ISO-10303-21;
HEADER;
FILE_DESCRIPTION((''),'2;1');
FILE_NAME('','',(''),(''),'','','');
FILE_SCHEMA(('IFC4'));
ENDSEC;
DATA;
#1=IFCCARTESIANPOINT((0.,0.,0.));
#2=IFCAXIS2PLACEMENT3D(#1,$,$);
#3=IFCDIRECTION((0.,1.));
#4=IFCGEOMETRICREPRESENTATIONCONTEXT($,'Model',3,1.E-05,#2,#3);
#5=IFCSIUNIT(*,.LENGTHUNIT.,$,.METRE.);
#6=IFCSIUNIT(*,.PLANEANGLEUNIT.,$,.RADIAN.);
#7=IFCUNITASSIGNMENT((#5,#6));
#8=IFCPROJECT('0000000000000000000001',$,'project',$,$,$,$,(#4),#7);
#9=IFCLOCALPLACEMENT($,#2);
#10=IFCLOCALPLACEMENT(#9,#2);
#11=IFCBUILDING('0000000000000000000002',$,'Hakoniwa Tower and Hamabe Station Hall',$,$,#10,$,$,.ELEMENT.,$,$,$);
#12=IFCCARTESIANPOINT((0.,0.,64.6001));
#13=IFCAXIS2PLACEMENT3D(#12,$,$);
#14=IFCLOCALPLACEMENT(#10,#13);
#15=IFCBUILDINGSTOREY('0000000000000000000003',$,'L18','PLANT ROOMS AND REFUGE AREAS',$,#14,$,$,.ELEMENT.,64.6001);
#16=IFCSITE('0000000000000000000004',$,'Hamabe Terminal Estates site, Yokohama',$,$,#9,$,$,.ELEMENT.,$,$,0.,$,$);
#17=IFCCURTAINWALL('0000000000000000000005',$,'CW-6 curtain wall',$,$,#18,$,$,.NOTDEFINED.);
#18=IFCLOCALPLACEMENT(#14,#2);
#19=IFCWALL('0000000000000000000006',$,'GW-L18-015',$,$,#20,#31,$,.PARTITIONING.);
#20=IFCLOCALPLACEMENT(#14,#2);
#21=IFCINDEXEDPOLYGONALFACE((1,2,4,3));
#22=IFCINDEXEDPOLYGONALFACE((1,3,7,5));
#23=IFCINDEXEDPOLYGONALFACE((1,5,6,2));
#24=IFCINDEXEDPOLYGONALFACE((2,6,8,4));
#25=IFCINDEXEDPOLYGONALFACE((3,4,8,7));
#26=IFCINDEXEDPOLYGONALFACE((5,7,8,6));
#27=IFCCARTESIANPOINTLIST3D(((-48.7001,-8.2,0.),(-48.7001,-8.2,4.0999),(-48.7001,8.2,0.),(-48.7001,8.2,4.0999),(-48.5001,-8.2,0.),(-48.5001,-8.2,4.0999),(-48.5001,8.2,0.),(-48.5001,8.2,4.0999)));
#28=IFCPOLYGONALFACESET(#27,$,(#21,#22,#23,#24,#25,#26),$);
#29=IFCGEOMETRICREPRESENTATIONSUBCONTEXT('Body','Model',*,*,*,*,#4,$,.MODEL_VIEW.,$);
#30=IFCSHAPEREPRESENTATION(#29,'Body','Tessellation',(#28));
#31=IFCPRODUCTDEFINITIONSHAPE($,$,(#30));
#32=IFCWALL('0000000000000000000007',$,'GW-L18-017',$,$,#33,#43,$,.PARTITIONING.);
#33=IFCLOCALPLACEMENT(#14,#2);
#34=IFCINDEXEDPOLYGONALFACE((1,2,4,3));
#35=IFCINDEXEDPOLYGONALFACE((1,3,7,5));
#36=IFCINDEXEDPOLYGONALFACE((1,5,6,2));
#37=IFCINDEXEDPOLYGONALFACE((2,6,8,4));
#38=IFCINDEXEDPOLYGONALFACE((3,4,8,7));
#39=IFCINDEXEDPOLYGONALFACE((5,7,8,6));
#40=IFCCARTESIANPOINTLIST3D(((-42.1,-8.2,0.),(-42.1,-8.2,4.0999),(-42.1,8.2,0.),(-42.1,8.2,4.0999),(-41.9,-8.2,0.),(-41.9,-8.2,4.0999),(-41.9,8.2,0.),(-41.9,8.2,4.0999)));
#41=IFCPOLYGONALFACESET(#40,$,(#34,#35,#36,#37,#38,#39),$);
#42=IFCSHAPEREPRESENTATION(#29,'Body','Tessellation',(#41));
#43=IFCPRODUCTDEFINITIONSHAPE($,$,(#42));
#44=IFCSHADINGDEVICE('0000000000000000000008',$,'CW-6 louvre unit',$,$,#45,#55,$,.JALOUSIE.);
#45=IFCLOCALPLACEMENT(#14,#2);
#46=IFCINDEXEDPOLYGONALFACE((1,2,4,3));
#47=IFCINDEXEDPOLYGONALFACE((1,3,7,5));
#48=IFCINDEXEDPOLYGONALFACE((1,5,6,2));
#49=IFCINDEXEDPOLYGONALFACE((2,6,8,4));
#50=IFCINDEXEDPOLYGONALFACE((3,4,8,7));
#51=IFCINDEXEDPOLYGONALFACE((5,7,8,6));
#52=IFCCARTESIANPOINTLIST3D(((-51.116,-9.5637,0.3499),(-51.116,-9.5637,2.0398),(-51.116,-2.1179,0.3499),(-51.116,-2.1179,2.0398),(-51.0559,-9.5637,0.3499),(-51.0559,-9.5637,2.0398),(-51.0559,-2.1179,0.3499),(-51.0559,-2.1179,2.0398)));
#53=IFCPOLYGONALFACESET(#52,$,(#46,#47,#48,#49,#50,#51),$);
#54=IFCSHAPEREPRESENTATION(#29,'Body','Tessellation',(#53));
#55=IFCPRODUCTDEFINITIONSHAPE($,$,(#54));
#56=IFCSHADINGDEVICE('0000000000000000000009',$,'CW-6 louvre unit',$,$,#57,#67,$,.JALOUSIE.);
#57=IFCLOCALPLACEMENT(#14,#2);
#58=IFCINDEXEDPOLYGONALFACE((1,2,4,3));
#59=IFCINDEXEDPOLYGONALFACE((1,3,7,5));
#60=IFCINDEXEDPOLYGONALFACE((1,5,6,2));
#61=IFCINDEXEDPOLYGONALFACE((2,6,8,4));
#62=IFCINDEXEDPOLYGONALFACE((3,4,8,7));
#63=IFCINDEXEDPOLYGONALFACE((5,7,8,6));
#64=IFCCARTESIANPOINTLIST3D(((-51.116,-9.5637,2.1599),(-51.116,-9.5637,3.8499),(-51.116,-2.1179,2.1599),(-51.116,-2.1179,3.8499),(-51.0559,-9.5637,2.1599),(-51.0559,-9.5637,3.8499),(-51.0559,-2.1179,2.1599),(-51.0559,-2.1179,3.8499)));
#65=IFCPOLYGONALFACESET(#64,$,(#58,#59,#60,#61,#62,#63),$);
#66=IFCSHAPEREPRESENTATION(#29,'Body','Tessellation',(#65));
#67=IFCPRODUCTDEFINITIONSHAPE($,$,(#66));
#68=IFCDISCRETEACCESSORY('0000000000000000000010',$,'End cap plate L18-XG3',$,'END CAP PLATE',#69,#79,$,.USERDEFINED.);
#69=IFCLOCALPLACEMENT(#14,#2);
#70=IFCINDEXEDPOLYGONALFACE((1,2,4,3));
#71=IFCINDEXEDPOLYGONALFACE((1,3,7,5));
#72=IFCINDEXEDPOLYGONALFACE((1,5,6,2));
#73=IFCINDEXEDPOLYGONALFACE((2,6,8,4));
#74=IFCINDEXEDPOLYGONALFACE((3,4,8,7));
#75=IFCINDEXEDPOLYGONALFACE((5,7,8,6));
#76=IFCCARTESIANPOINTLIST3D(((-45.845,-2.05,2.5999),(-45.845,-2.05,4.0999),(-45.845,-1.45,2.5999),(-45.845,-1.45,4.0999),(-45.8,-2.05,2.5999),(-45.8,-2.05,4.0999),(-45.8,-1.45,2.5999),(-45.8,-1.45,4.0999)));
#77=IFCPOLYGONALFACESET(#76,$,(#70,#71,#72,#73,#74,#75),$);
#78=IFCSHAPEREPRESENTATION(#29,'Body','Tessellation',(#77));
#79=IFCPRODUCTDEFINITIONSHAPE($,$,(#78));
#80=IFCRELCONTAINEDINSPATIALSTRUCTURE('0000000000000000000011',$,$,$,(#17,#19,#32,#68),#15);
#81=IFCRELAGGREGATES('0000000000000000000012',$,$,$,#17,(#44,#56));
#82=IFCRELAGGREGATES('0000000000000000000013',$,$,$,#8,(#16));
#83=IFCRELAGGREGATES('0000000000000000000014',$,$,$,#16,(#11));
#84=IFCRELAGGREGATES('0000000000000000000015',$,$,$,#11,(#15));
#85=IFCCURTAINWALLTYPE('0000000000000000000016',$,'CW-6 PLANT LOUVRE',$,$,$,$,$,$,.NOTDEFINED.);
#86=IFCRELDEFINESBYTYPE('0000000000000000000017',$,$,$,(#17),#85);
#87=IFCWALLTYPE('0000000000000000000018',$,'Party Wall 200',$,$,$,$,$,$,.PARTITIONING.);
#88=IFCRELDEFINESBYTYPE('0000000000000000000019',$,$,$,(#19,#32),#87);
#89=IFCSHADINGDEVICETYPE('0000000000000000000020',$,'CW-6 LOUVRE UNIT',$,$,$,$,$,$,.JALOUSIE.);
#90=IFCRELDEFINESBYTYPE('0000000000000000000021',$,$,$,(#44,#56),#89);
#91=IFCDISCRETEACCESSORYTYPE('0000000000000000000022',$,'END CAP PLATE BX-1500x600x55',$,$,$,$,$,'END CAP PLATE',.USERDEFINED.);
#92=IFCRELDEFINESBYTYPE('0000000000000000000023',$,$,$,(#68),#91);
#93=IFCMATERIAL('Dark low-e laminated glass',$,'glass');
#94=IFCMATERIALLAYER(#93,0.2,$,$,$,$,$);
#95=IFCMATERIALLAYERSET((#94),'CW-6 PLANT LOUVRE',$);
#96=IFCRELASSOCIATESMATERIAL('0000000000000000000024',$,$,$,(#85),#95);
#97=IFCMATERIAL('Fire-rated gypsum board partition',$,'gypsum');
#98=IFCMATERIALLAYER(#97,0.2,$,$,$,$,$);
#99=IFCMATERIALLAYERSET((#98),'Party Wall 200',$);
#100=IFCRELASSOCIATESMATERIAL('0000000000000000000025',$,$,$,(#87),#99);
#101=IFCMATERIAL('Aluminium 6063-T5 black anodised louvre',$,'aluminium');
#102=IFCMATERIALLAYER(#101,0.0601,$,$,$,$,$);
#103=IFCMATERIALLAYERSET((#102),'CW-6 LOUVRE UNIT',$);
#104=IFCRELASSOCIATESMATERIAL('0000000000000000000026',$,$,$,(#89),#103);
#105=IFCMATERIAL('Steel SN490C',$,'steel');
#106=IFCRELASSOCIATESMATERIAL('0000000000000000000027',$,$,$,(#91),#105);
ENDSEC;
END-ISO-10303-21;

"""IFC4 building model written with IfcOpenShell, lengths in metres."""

from ifc_helpers import new_model, si_unit, direction, frame, frame_2d, origin, origin_2d, place, context, subcontext, project, spatial, rectangle, extrude, material, layer, layer_set, material_profile, profile_set, type_object, element, aggregate, save


model = new_model("IFC4")

# Units and contexts
model_context = context("Model", 3, precision=1e-05, world=origin(), true_north=direction((0.0, 1.0)))
body_context = subcontext(model_context, "Body", "Model", "MODEL_VIEW")
ifc_project = project(units=[si_unit("LENGTHUNIT", "METRE"), si_unit("PLANEANGLEUNIT", "RADIAN")], contexts=[model_context])

# Site, building, storey
site_placement = place(None, origin())
site = spatial("IfcSite", under=ifc_project, at=site_placement, Name="Hamabe Terminal Estates site, Yokohama", CompositionType="ELEMENT", RefElevation=0.0)
building_placement = place(site_placement, origin())
building = spatial("IfcBuilding", under=site, at=building_placement, Name="Hakoniwa Tower and Hamabe Station Hall", CompositionType="ELEMENT")
storey_placement = place(building_placement, frame((0.0, 0.0, 64.6001)))
storey = spatial("IfcBuildingStorey", under=building, at=storey_placement, Name="L18", Description="PLANT ROOMS AND REFUGE AREAS", CompositionType="ELEMENT", Elevation=64.6001)

# Curtain wall
ifc_material_1 = material(Name="Dark low-e laminated glass", Category="glass")
ifc_layer_1 = layer(ifc_material_1, 0.2)
ifc_layer_set_1 = layer_set([ifc_layer_1], Name="CW-6 PLANT LOUVRE")
curtain_wall_type = type_object("IfcCurtainWallType", Name="CW-6 PLANT LOUVRE", PredefinedType="NOTDEFINED", material=ifc_layer_set_1)
curtain_wall_placement = place(storey_placement, origin())
curtain_wall = element("IfcCurtainWall", 1, at=curtain_wall_placement, inside=storey, type_object=curtain_wall_type, Name="CW-6 curtain wall", PredefinedType="NOTDEFINED")

# Walls
ifc_material_2 = material(Name="Fire-rated gypsum board partition", Category="gypsum")
ifc_layer_2 = layer(ifc_material_2, 0.2)
ifc_layer_set_2 = layer_set([ifc_layer_2], Name="Party Wall 200")
wall_type_1 = type_object("IfcWallType", Name="Party Wall 200", PredefinedType="PARTITIONING", material=ifc_layer_set_2)
for number, where, z_axis, x_axis, name in (
    (2, (-48.6001, -8.2, 0.0), (0.0, 0.0, 1.0), (0.0, 1.0, 0.0), "GW-L18-015"),
    (3, (-42.0, -8.2, 0.0), (0.0, 0.0, 1.0), (0.0, 1.0, 0.0), "GW-L18-017"),
):
    element("IfcWall", number, at=place(storey_placement, frame(where, z_axis=z_axis, x_axis=x_axis)), inside=storey, type_object=wall_type_1, Name=name, PredefinedType="PARTITIONING", context=body_context, shape_type="SweptSolid", body=[
        extrude(rectangle(XDim=16.3999, YDim=0.2, at=frame_2d((8.2, 0.0))), origin(), (0.0, 0.0, 1.0), 4.0999),
    ])

# Shading devices
ifc_material_3 = material(Name="Aluminium 6063-T5 black anodised louvre", Category="aluminium")
ifc_layer_3 = layer(ifc_material_3, 0.0601)
ifc_layer_set_3 = layer_set([ifc_layer_3], Name="CW-6 LOUVRE UNIT")
shading_device_type = type_object("IfcShadingDeviceType", Name="CW-6 LOUVRE UNIT", PredefinedType="JALOUSIE", material=ifc_layer_set_3)
shading_device_1_placement = place(storey_placement, frame((-51.0859, -5.8408, 0.3499), z_axis=(0.0, 0.0, 1.0), x_axis=(0.0, -1.0, 0.0)))
shading_device_1 = element("IfcShadingDevice", 4, at=shading_device_1_placement, type_object=shading_device_type, Name="CW-6 louvre unit", PredefinedType="JALOUSIE", context=body_context, shape_type="SweptSolid", body=[
    extrude(rectangle(XDim=7.4458, YDim=0.0601, at=origin_2d()), origin(), (0.0, 0.0, 1.0), 1.6899),
])
shading_device_2_placement = place(storey_placement, frame((-51.0859, -5.8408, 2.1599), z_axis=(0.0, 0.0, 1.0), x_axis=(0.0, -1.0, 0.0)))
shading_device_2 = element("IfcShadingDevice", 5, at=shading_device_2_placement, type_object=shading_device_type, Name="CW-6 louvre unit", PredefinedType="JALOUSIE", context=body_context, shape_type="SweptSolid", body=[
    extrude(rectangle(XDim=7.4458, YDim=0.0601, at=origin_2d()), origin(), (0.0, 0.0, 1.0), 1.6899),
])
aggregate(curtain_wall, [shading_device_1, shading_device_2])

# Discrete accessory
ifc_material_4 = material(Name="Steel SN490C", Category="steel")
ifc_material_profile_1 = material_profile(ifc_material_4, rectangle(XDim=0.6001, YDim=1.5, at=origin_2d()), Name="END CAP PLATE BX-1500x600x55")
ifc_profile_set_1 = profile_set([ifc_material_profile_1], Name="Steel SN490C")
discrete_accessory_type = type_object("IfcDiscreteAccessoryType", Name="END CAP PLATE BX-1500x600x55", ElementType="END CAP PLATE", PredefinedType="USERDEFINED", material=ifc_profile_set_1)
discrete_accessory_placement = place(storey_placement, frame((-45.845, -1.75, 3.3499), z_axis=(1.0, 0.0, 0.0), x_axis=(0.0, 1.0, 0.0)))
element("IfcDiscreteAccessory", 6, at=discrete_accessory_placement, inside=storey, type_object=discrete_accessory_type, Name="End cap plate L18-XG3", ObjectType="END CAP PLATE", PredefinedType="USERDEFINED", context=body_context, shape_type="SweptSolid", body=[
    extrude(rectangle(XDim=0.6001, YDim=1.5, at=origin_2d()), origin(), (0.0, 0.0, 1.0), 0.0449),
])

save(model, "model.ifc")
